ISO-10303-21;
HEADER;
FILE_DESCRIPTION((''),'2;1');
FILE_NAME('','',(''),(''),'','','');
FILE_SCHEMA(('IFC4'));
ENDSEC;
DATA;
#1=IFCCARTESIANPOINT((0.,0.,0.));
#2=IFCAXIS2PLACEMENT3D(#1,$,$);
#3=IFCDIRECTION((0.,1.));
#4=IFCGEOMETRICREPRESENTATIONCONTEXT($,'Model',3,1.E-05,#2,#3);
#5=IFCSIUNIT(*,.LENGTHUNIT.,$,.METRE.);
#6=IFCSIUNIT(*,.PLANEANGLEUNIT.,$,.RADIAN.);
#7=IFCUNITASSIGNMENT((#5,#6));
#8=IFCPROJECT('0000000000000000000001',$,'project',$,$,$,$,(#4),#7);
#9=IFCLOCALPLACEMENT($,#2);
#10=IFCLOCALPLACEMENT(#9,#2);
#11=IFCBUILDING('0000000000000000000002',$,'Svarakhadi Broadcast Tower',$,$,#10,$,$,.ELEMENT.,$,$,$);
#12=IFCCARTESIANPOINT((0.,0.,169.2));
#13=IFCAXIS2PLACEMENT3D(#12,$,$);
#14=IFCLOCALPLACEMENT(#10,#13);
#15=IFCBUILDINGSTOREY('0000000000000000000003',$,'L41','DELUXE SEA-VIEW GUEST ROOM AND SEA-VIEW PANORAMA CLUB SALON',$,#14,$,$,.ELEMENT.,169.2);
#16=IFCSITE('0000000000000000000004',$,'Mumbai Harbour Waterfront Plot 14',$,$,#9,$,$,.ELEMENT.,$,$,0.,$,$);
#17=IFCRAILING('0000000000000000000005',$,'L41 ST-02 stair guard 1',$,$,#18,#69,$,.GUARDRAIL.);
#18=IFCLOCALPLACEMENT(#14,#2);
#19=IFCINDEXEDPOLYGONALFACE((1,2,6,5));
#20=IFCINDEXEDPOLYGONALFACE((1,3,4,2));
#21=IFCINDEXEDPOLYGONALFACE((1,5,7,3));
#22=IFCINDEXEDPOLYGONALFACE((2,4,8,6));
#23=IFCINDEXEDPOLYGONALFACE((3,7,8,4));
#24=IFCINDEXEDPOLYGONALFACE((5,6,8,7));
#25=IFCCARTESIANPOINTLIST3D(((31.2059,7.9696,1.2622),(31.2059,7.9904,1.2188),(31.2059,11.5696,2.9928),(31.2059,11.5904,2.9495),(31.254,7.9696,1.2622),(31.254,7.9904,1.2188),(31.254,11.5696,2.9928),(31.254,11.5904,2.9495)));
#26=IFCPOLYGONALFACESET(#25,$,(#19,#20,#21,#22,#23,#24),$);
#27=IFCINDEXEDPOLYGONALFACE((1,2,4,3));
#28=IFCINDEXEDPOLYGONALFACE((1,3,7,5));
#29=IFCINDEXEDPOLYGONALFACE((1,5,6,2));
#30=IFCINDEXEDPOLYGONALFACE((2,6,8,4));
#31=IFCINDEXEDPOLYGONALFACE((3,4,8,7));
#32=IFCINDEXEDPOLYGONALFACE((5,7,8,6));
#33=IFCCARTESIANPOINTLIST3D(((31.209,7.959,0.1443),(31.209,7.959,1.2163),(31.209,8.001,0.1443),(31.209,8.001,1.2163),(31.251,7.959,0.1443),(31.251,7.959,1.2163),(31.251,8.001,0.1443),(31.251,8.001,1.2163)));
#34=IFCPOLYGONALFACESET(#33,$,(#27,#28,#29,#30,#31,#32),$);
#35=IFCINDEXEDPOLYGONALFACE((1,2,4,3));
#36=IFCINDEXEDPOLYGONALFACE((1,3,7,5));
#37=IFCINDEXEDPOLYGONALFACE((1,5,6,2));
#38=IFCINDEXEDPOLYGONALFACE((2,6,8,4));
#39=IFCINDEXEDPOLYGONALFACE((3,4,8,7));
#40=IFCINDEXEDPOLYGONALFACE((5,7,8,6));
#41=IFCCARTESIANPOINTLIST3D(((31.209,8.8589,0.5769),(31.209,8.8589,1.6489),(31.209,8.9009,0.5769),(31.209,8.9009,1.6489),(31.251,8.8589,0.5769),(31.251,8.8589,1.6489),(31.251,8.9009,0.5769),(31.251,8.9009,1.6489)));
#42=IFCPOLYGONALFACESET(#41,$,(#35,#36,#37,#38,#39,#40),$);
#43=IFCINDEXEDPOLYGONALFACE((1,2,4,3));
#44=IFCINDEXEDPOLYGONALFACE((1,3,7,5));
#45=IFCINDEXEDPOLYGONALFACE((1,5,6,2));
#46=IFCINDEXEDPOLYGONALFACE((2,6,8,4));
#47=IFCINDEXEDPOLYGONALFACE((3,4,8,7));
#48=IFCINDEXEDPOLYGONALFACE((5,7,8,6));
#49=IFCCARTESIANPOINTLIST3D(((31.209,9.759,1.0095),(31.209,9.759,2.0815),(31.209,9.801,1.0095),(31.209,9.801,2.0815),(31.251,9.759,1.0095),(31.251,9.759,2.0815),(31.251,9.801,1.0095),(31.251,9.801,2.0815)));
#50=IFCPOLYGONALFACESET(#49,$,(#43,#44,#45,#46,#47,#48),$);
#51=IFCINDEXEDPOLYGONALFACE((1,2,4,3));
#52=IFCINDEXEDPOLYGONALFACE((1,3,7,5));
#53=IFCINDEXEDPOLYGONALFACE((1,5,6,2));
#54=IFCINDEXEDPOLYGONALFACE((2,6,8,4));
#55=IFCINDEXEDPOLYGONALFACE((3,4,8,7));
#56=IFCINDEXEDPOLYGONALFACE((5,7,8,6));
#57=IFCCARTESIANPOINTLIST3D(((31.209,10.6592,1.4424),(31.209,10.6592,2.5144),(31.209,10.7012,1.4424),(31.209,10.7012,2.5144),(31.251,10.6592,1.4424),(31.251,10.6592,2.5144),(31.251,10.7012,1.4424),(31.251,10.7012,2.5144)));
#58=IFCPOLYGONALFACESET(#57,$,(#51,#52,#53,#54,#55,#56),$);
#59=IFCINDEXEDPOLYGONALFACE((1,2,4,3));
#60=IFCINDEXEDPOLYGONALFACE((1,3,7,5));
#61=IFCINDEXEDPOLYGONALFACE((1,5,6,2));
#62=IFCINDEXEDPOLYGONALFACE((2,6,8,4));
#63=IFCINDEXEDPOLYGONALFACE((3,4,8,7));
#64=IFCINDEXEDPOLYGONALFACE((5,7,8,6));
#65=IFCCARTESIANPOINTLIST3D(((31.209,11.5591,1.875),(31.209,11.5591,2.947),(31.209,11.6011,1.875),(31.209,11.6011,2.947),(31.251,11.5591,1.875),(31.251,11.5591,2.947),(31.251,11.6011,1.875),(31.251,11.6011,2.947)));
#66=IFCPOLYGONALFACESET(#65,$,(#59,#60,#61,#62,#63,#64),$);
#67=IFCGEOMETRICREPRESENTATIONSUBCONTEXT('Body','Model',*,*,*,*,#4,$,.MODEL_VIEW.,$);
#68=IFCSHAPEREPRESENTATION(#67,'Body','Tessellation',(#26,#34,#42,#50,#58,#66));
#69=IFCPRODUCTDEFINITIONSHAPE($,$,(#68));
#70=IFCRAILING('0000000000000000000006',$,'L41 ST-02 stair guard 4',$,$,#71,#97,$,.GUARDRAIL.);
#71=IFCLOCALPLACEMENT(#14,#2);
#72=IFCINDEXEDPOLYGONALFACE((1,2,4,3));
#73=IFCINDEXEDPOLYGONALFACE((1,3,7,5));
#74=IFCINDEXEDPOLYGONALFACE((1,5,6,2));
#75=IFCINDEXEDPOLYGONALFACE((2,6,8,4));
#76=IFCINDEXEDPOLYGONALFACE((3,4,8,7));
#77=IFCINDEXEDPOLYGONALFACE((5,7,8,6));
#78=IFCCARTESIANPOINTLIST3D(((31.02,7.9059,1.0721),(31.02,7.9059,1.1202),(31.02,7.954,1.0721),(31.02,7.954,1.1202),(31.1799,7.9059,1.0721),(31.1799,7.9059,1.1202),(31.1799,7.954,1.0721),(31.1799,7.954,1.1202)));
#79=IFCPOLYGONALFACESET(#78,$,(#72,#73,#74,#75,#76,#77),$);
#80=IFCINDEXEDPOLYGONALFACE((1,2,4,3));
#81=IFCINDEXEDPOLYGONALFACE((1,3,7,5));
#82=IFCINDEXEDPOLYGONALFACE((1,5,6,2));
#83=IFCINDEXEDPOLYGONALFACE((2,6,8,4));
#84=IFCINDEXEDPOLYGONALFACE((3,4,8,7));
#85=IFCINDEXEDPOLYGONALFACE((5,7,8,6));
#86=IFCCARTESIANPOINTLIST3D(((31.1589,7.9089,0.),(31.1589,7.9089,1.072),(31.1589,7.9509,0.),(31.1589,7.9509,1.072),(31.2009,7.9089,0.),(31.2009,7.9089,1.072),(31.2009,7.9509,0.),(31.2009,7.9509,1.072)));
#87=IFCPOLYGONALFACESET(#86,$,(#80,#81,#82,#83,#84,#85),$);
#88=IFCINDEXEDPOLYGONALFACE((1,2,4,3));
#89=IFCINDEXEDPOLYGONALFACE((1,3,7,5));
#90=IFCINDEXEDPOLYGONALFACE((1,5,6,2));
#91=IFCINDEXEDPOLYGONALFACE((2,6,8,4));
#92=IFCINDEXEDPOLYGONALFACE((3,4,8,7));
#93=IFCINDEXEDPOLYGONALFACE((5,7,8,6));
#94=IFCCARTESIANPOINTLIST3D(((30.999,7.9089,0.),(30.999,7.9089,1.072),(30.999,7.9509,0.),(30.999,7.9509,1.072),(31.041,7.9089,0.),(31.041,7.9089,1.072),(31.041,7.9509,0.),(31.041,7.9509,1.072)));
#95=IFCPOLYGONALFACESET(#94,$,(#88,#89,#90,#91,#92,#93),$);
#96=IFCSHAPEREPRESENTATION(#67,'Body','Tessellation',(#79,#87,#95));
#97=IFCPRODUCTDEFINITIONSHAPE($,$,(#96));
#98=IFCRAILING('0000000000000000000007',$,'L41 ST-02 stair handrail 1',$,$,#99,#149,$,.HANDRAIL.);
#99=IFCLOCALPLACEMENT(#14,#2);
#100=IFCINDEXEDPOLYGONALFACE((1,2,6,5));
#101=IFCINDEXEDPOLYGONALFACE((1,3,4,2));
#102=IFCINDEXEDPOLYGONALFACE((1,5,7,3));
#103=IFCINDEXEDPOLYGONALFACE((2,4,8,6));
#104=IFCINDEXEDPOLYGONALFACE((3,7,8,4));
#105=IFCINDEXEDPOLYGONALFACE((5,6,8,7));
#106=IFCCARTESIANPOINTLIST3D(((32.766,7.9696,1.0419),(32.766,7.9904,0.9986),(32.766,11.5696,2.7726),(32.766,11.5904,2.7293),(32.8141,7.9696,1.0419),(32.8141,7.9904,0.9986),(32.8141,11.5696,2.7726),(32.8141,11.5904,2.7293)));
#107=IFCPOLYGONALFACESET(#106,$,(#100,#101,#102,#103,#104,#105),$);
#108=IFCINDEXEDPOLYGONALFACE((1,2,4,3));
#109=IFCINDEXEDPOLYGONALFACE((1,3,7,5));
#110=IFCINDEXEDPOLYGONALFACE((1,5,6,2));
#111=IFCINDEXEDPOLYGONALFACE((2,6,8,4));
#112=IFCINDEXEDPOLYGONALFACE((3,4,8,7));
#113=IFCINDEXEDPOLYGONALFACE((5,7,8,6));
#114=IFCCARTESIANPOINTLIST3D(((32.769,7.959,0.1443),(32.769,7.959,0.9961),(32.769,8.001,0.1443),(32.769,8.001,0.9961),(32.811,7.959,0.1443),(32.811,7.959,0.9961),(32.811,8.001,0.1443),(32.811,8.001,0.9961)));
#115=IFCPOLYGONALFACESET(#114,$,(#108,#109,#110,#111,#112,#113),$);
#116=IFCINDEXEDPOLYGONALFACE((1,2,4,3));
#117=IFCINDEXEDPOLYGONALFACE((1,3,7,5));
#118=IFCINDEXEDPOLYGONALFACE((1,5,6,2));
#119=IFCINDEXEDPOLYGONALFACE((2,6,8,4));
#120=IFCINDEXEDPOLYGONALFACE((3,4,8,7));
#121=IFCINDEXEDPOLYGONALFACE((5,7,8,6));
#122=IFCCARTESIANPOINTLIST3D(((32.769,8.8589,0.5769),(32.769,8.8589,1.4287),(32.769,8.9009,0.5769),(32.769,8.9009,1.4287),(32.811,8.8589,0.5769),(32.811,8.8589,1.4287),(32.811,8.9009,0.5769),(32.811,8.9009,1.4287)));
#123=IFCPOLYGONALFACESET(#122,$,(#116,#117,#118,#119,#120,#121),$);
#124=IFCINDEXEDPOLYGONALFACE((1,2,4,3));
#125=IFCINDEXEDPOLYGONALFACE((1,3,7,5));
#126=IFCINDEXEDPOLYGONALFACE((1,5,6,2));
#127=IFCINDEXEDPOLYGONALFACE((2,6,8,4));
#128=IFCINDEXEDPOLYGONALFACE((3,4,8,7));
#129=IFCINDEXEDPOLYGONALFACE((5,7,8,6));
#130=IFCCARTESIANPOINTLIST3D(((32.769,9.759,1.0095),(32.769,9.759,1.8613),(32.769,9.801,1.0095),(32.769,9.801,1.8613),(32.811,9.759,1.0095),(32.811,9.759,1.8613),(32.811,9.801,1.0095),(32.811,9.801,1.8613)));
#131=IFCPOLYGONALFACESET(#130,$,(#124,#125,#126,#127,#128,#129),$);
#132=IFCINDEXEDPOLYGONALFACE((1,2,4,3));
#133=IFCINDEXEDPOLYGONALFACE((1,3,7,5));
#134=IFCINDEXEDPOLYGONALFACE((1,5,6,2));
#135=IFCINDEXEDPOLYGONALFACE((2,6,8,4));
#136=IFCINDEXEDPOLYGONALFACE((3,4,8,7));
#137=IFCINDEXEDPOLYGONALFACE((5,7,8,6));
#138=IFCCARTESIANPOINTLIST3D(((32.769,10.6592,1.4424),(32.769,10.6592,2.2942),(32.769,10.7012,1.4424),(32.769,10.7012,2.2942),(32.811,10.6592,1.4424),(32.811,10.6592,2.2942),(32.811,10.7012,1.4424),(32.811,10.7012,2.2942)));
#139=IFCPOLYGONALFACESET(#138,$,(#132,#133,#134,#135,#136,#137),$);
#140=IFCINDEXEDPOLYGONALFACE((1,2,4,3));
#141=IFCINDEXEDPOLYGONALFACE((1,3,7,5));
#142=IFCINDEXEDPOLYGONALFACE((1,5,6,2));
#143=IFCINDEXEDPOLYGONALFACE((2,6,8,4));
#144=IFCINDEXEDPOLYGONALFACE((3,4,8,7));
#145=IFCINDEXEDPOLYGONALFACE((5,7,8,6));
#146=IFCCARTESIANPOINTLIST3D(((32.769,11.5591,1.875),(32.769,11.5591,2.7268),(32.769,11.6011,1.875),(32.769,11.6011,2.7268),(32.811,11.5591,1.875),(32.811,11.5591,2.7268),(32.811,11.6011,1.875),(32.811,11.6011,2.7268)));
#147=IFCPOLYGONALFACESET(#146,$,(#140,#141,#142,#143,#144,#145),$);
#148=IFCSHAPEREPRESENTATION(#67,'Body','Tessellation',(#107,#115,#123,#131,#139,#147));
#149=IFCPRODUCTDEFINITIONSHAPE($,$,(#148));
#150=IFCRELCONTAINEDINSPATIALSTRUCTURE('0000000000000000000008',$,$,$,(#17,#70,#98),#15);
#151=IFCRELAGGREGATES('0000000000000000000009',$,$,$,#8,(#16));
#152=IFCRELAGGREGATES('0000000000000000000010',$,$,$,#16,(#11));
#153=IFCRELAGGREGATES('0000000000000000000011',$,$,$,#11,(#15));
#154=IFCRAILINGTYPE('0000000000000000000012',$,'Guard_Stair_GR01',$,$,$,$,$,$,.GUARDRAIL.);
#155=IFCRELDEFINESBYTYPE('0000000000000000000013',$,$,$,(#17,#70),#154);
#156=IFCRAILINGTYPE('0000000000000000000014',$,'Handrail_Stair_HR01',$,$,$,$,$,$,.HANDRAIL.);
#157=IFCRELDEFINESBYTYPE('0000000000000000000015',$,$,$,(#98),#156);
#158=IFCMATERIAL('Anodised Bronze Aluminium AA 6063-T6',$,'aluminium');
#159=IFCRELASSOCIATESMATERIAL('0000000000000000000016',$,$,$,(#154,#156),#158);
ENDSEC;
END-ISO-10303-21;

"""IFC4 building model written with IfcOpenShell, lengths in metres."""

from ifc_helpers import new_model, si_unit, direction, frame, origin, origin_2d, place, context, subcontext, project, spatial, rectangle, extrude, material, type_object, element, save


model = new_model("IFC4")

# Units and contexts
model_context = context("Model", 3, precision=1e-05, world=origin(), true_north=direction((0.0, 1.0)))
body_context = subcontext(model_context, "Body", "Model", "MODEL_VIEW")
ifc_project = project(units=[si_unit("LENGTHUNIT", "METRE"), si_unit("PLANEANGLEUNIT", "RADIAN")], contexts=[model_context])

# Site, building, storey
site_placement = place(None, origin())
site = spatial("IfcSite", under=ifc_project, at=site_placement, Name="Mumbai Harbour Waterfront Plot 14", CompositionType="ELEMENT", RefElevation=0.0)
building_placement = place(site_placement, origin())
building = spatial("IfcBuilding", under=site, at=building_placement, Name="Svarakhadi Broadcast Tower", CompositionType="ELEMENT")
storey_placement = place(building_placement, frame((0.0, 0.0, 169.2)))
storey = spatial("IfcBuildingStorey", under=building, at=storey_placement, Name="L41", Description="DELUXE SEA-VIEW GUEST ROOM AND SEA-VIEW PANORAMA CLUB SALON", CompositionType="ELEMENT", Elevation=169.2)

# Shared definitions
ifc_material_1 = material(Name="Anodised Bronze Aluminium AA 6063-T6", Category="aluminium")

# Railings
railing_type_1 = type_object("IfcRailingType", Name="Guard_Stair_GR01", PredefinedType="GUARDRAIL", material=ifc_material_1)
railing_1_placement = place(storey_placement, frame((31.23, 7.98, 0.1443)))
element("IfcRailing", 1, at=railing_1_placement, inside=storey, type_object=railing_type_1, Name="L41 ST-02 stair guard 1", PredefinedType="GUARDRAIL", context=body_context, shape_type="SweptSolid", body=[
    extrude(rectangle(XDim=0.0481, YDim=0.0481, at=origin_2d()), frame((0.0, 0.0, 1.0962), z_axis=(0.0, 0.901263, 0.433273), x_axis=(-1.0, 0.0, 0.0)), (0.0, 0.0, 1.0), 3.9944),
    extrude(rectangle(XDim=0.042, YDim=0.042, at=origin_2d()), origin(), (0.0, 0.0, 1.0), 1.072),
    extrude(rectangle(XDim=0.042, YDim=0.042, at=origin_2d()), frame((0.0, 0.8999, 0.4326)), (0.0, 0.0, 1.0), 1.072),
    extrude(rectangle(XDim=0.042, YDim=0.042, at=origin_2d()), frame((0.0, 1.8, 0.8652)), (0.0, 0.0, 1.0), 1.072),
    extrude(rectangle(XDim=0.042, YDim=0.042, at=origin_2d()), frame((0.0, 2.7002, 1.2981)), (0.0, 0.0, 1.0), 1.072),
    extrude(rectangle(XDim=0.042, YDim=0.042, at=origin_2d()), frame((0.0, 3.6001, 1.7307)), (0.0, 0.0, 1.0), 1.072),
])
railing_2_placement = place(storey_placement, frame((31.1799, 7.9299, 0.0)))
element("IfcRailing", 2, at=railing_2_placement, inside=storey, type_object=railing_type_1, Name="L41 ST-02 stair guard 4", PredefinedType="GUARDRAIL", context=body_context, shape_type="SweptSolid", body=[
    extrude(rectangle(XDim=0.0481, YDim=0.0481, at=origin_2d()), frame((0.0, 0.0, 1.0962), z_axis=(-1.0, 0.0, 0.0), x_axis=(0.0, -1.0, 0.0)), (0.0, 0.0, 1.0), 0.1599),
    extrude(rectangle(XDim=0.042, YDim=0.042, at=origin_2d()), origin(), (0.0, 0.0, 1.0), 1.072),
    extrude(rectangle(XDim=0.042, YDim=0.042, at=origin_2d()), frame((-0.1599, 0.0, 0.0)), (0.0, 0.0, 1.0), 1.072),
])
railing_type_2 = type_object("IfcRailingType", Name="Handrail_Stair_HR01", PredefinedType="HANDRAIL", material=ifc_material_1)
railing_3_placement = place(storey_placement, frame((32.79, 7.98, 0.1443)))
element("IfcRailing", 3, at=railing_3_placement, inside=storey, type_object=railing_type_2, Name="L41 ST-02 stair handrail 1", PredefinedType="HANDRAIL", context=body_context, shape_type="SweptSolid", body=[
    extrude(rectangle(XDim=0.0481, YDim=0.0481, at=origin_2d()), frame((0.0, 0.0, 0.876), z_axis=(0.0, 0.901263, 0.433273), x_axis=(-1.0, 0.0, 0.0)), (0.0, 0.0, 1.0), 3.9944),
    extrude(rectangle(XDim=0.042, YDim=0.042, at=origin_2d()), origin(), (0.0, 0.0, 1.0), 0.8518),
    extrude(rectangle(XDim=0.042, YDim=0.042, at=origin_2d()), frame((0.0, 0.8999, 0.4326)), (0.0, 0.0, 1.0), 0.8518),
    extrude(rectangle(XDim=0.042, YDim=0.042, at=origin_2d()), frame((0.0, 1.8, 0.8652)), (0.0, 0.0, 1.0), 0.8518),
    extrude(rectangle(XDim=0.042, YDim=0.042, at=origin_2d()), frame((0.0, 2.7002, 1.2981)), (0.0, 0.0, 1.0), 0.8518),
    extrude(rectangle(XDim=0.042, YDim=0.042, at=origin_2d()), frame((0.0, 3.6001, 1.7307)), (0.0, 0.0, 1.0), 0.8518),
])

save(model, "model.ifc")
